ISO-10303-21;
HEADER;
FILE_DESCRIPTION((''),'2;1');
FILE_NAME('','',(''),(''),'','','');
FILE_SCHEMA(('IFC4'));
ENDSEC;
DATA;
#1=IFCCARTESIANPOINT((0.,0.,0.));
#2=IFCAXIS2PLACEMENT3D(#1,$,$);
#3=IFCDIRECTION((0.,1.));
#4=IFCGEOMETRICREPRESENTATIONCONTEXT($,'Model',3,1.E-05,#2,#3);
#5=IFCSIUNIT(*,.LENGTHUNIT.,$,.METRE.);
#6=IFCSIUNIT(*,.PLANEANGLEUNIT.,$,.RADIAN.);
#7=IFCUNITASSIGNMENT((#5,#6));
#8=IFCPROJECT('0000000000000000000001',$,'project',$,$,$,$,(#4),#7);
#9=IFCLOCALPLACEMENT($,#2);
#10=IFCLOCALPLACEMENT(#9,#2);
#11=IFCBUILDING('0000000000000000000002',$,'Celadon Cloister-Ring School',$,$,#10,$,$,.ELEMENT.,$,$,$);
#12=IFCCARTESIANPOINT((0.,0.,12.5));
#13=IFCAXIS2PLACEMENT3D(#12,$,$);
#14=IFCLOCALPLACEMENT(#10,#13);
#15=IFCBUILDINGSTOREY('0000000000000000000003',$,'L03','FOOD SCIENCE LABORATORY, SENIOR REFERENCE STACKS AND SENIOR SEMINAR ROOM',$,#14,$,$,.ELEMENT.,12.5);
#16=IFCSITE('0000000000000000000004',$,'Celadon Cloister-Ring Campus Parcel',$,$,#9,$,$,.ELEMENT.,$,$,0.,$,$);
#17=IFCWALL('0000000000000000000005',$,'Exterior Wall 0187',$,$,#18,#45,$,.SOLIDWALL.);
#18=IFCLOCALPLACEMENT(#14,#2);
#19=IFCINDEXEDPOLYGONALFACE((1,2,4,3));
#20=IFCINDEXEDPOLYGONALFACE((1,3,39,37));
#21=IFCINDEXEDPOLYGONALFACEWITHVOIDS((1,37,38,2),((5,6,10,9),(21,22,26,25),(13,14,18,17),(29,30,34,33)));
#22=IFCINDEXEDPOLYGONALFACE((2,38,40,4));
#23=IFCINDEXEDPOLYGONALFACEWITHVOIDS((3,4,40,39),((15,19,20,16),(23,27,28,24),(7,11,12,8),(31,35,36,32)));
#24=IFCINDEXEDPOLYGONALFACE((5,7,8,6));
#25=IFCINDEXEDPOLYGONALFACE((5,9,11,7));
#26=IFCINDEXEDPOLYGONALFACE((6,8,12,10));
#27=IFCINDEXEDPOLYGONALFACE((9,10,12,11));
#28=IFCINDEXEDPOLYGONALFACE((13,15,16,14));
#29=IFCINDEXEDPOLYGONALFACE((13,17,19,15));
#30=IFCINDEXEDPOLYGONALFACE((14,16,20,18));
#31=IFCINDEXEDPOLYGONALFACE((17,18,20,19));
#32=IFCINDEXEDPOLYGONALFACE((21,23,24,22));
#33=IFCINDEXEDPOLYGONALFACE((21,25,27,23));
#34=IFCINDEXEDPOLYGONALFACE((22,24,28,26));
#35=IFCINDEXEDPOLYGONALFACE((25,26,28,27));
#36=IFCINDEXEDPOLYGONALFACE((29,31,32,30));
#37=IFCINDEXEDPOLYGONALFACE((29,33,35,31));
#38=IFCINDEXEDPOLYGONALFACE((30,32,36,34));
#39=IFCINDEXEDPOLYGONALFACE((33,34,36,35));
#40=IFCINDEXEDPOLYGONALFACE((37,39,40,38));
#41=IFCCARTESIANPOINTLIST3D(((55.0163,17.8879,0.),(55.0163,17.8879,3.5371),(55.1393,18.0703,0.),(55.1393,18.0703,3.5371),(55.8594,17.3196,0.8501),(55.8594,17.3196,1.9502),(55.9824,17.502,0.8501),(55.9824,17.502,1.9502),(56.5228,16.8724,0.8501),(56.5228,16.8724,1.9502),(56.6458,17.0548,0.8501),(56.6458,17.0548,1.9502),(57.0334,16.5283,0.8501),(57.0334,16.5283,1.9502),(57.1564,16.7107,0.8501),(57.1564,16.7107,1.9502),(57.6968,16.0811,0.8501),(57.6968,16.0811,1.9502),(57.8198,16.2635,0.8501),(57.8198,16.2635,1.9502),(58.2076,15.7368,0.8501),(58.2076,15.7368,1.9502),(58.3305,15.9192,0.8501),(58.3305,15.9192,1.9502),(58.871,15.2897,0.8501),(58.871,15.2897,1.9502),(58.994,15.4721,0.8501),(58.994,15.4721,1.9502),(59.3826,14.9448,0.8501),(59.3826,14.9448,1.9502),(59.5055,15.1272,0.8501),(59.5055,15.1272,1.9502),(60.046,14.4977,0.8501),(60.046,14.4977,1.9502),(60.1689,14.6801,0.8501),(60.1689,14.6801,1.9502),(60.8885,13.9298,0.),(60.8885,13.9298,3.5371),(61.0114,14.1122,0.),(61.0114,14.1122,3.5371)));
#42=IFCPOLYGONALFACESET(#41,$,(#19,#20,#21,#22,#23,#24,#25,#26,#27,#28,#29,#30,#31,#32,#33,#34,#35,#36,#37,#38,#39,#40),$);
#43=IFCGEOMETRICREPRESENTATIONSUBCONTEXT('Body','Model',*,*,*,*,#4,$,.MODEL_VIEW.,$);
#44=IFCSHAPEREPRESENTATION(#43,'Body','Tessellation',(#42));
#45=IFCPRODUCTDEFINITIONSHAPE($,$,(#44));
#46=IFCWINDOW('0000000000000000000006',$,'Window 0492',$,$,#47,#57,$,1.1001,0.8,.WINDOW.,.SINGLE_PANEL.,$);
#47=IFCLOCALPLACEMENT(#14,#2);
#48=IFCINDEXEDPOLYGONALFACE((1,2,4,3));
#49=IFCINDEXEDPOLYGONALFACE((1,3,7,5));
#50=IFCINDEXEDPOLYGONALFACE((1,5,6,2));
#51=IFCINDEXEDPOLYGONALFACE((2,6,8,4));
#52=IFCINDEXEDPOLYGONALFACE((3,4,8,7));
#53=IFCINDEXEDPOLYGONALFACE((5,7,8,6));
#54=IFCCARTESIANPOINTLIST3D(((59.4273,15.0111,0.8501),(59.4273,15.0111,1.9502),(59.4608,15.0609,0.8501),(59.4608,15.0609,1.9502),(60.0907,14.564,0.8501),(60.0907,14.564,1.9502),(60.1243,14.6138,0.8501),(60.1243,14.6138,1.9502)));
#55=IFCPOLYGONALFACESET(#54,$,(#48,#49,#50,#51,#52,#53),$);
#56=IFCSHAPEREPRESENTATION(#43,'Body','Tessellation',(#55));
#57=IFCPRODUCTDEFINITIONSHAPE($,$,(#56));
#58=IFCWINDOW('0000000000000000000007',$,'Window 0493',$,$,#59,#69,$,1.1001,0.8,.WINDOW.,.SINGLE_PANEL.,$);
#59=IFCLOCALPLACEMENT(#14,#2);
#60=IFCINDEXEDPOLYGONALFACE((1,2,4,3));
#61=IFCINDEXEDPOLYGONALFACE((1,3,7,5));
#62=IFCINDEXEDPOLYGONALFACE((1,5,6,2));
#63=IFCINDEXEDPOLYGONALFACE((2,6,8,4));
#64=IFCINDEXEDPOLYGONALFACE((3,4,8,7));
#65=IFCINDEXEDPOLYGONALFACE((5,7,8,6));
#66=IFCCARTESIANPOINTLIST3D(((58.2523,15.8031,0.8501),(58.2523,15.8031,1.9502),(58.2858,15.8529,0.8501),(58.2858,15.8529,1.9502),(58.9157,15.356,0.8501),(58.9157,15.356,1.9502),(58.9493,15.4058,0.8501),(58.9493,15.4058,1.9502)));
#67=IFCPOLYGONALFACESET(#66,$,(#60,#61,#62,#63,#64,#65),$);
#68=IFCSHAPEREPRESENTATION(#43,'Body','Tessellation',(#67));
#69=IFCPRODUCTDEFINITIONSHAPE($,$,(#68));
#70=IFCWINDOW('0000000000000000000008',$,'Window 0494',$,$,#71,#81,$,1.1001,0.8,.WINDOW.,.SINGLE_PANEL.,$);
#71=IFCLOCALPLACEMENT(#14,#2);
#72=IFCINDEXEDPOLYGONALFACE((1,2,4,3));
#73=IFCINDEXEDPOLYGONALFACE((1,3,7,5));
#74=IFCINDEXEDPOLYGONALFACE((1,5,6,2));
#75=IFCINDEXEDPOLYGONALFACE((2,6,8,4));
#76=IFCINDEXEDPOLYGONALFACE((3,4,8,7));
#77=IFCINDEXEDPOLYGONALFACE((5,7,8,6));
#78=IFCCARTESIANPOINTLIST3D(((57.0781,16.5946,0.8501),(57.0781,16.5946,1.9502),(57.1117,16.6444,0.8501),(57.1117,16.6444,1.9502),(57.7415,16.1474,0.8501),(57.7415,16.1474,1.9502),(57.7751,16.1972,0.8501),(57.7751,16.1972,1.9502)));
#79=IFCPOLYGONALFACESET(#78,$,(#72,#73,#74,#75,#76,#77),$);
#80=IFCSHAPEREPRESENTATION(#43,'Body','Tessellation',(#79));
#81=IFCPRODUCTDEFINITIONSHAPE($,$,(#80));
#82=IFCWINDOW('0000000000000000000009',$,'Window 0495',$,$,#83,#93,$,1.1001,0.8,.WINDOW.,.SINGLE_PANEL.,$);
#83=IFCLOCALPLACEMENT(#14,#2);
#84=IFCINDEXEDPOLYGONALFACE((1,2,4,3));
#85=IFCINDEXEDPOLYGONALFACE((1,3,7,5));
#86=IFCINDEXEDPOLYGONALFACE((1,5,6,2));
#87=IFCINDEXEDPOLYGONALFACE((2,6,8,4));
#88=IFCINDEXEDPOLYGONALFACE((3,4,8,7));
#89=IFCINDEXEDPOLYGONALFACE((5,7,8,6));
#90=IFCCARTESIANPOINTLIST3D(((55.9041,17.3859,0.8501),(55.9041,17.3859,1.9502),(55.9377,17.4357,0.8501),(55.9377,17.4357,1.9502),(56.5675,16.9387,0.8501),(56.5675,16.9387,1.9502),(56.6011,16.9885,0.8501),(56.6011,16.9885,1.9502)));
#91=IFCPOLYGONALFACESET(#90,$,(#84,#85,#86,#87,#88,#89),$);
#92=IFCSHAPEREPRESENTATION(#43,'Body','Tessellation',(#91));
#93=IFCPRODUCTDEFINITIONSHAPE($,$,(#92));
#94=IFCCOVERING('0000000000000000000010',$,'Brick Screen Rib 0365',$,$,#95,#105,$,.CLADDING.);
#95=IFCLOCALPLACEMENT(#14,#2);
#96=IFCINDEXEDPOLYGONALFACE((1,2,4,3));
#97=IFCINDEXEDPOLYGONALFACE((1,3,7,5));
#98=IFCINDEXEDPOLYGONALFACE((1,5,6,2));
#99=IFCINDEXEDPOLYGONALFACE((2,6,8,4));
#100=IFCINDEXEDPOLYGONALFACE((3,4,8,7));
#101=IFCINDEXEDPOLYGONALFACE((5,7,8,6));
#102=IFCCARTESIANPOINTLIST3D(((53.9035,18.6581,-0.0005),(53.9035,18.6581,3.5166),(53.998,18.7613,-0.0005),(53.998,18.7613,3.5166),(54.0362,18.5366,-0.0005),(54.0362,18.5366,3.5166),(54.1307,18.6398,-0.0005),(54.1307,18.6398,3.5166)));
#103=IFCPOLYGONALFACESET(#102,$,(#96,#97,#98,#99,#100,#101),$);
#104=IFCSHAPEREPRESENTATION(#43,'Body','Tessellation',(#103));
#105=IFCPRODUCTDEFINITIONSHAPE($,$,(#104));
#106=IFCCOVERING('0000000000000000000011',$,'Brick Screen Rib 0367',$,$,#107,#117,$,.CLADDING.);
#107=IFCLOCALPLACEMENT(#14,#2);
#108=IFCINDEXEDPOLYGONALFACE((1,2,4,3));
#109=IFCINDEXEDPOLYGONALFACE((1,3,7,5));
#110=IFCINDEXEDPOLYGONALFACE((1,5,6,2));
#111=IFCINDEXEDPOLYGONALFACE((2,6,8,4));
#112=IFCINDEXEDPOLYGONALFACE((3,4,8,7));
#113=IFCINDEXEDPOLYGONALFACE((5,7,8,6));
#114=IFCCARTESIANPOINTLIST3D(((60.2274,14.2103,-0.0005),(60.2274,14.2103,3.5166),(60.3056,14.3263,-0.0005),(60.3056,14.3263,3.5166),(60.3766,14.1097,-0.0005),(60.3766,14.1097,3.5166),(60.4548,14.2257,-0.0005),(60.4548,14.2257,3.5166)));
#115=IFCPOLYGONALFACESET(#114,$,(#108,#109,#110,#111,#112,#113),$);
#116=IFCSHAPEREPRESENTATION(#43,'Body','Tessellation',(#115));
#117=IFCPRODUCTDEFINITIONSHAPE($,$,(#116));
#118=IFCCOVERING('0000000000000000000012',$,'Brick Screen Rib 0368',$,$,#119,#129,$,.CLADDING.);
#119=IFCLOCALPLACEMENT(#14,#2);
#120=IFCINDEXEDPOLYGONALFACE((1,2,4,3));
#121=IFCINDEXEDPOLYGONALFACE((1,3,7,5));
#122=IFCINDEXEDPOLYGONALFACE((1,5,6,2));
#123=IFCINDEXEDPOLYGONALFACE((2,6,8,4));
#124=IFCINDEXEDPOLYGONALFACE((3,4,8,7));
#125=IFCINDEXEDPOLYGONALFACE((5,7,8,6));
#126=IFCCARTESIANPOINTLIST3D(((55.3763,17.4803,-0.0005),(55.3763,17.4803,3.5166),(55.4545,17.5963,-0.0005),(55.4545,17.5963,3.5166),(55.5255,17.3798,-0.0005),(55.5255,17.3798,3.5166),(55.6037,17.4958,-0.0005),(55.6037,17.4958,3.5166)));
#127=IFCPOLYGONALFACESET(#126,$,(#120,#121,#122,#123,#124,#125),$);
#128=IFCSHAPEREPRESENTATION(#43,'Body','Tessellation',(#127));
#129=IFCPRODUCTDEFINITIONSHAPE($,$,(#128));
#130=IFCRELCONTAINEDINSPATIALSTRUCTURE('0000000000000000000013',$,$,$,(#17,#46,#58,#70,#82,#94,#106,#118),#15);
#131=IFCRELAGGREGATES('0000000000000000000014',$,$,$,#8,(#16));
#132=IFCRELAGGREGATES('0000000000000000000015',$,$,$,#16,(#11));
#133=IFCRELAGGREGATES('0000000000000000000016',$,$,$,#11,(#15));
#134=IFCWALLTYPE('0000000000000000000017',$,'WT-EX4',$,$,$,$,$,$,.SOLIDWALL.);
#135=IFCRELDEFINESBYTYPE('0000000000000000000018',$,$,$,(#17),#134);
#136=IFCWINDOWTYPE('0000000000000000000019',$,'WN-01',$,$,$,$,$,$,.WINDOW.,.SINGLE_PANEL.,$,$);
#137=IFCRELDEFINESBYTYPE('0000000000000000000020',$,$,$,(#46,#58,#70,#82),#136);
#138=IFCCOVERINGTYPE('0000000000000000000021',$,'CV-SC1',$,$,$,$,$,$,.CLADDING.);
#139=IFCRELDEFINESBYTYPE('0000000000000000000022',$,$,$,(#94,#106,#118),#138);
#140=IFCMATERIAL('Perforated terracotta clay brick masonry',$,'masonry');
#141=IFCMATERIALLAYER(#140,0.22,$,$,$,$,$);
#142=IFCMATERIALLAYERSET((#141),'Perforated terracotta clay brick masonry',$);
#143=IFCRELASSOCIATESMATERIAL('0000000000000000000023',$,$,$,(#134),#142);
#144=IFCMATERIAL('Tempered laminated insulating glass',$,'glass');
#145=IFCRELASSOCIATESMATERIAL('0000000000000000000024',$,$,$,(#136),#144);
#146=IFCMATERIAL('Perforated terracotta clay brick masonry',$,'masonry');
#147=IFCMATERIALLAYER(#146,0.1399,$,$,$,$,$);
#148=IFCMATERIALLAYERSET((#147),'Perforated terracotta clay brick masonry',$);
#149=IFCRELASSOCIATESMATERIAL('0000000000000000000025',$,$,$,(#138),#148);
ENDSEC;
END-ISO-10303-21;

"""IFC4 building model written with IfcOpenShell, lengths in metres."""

from ifc_helpers import new_model, si_unit, direction, frame, frame_2d, origin, origin_2d, place, context, subcontext, project, spatial, rectangle, extrude, material, layer, layer_set, type_object, element, fill, save


model = new_model("IFC4")

# Units and contexts
model_context = context("Model", 3, precision=1e-05, world=origin(), true_north=direction((0.0, 1.0)))
body_context = subcontext(model_context, "Body", "Model", "MODEL_VIEW")
ifc_project = project(units=[si_unit("LENGTHUNIT", "METRE"), si_unit("PLANEANGLEUNIT", "RADIAN")], contexts=[model_context])

# Site, building, storey
site_placement = place(None, origin())
site = spatial("IfcSite", under=ifc_project, at=site_placement, Name="Celadon Cloister-Ring Campus Parcel", CompositionType="ELEMENT", RefElevation=0.0)
building_placement = place(site_placement, origin())
building = spatial("IfcBuilding", under=site, at=building_placement, Name="Celadon Cloister-Ring School", CompositionType="ELEMENT")
storey_placement = place(building_placement, frame((0.0, 0.0, 12.5)))
storey = spatial("IfcBuildingStorey", under=building, at=storey_placement, Name="L03", Description="FOOD SCIENCE LABORATORY, SENIOR REFERENCE STACKS AND SENIOR SEMINAR ROOM", CompositionType="ELEMENT", Elevation=12.5)

# Wall, openings, windows
ifc_material_1 = material(Name="Perforated terracotta clay brick masonry", Category="masonry")
ifc_layer_1 = layer(ifc_material_1, 0.22)
ifc_layer_set_1 = layer_set([ifc_layer_1], Name="Perforated terracotta clay brick masonry")
wall_type = type_object("IfcWallType", Name="WT-EX4", PredefinedType="SOLIDWALL", material=ifc_layer_set_1)
ifc_material_2 = material(Name="Tempered laminated insulating glass", Category="glass")
window_type = type_object("IfcWindowType", Name="WN-01", PartitioningType="SINGLE_PANEL", PredefinedType="WINDOW", material=ifc_material_2)
wall_1_placement = place(storey_placement, frame((60.95, 14.021, 0.0), z_axis=(0.0, 0.0, 1.0), x_axis=(-0.829218, 0.558926, 0.0)))
wall_1 = element("IfcWall", 1, at=wall_1_placement, inside=storey, type_object=wall_type, Name="Exterior Wall 0187", PredefinedType="SOLIDWALL", context=body_context, shape_type="SweptSolid", body=[
    extrude(rectangle(XDim=7.0815, YDim=0.22, at=frame_2d((3.5408, 0.0))), origin(), (0.0, 0.0, 1.0), 3.5371),
])
opening_1_placement = place(wall_1_placement, frame((1.0161, 0.0, 0.8501)))
opening_1 = element("IfcOpeningElement", 2, at=opening_1_placement, cuts=wall_1, PredefinedType="OPENING", context=body_context, shape_type="SweptSolid", body=[
    extrude(rectangle(XDim=0.8, YDim=1.1001, at=frame_2d((0.3999, 0.55))), frame((0.0, 0.1201, 0.0), z_axis=(0.0, -1.0, 0.0), x_axis=(1.0, 0.0, 0.0)), (0.0, 0.0, 1.0), 0.24),
])
opening_2_placement = place(wall_1_placement, frame((2.4331, 0.0, 0.8501)))
opening_2 = element("IfcOpeningElement", 3, at=opening_2_placement, cuts=wall_1, PredefinedType="OPENING", context=body_context, shape_type="SweptSolid", body=[
    extrude(rectangle(XDim=0.8, YDim=1.1001, at=frame_2d((0.3999, 0.55))), frame((0.0, 0.1201, 0.0), z_axis=(0.0, -1.0, 0.0), x_axis=(1.0, 0.0, 0.0)), (0.0, 0.0, 1.0), 0.24),
])
opening_3_placement = place(wall_1_placement, frame((3.8491, 0.0, 0.8501)))
opening_3 = element("IfcOpeningElement", 4, at=opening_3_placement, cuts=wall_1, PredefinedType="OPENING", context=body_context, shape_type="SweptSolid", body=[
    extrude(rectangle(XDim=0.8, YDim=1.1001, at=frame_2d((0.3999, 0.55))), frame((0.0, 0.1201, 0.0), z_axis=(0.0, -1.0, 0.0), x_axis=(1.0, 0.0, 0.0)), (0.0, 0.0, 1.0), 0.24),
])
opening_4_placement = place(wall_1_placement, frame((5.2649, 0.0, 0.8501)))
opening_4 = element("IfcOpeningElement", 5, at=opening_4_placement, cuts=wall_1, PredefinedType="OPENING", context=body_context, shape_type="SweptSolid", body=[
    extrude(rectangle(XDim=0.8, YDim=1.1001, at=frame_2d((0.3999, 0.55))), frame((0.0, 0.1201, 0.0), z_axis=(0.0, -1.0, 0.0), x_axis=(1.0, 0.0, 0.0)), (0.0, 0.0, 1.0), 0.24),
])
window_1_placement = place(opening_1_placement, origin())
window_1 = element("IfcWindow", 6, at=window_1_placement, inside=storey, type_object=window_type, Name="Window 0492", OverallHeight=1.1001, OverallWidth=0.8, PartitioningType="SINGLE_PANEL", PredefinedType="WINDOW", context=body_context, shape_type="SweptSolid", body=[
    extrude(rectangle(XDim=0.8, YDim=1.1001, at=frame_2d((0.3999, 0.55))), frame((0.0, 0.03, 0.0), z_axis=(0.0, -1.0, 0.0), x_axis=(1.0, 0.0, 0.0)), (0.0, 0.0, 1.0), 0.0601),
])
fill(opening_1, window_1)
window_2_placement = place(opening_2_placement, origin())
window_2 = element("IfcWindow", 7, at=window_2_placement, inside=storey, type_object=window_type, Name="Window 0493", OverallHeight=1.1001, OverallWidth=0.8, PartitioningType="SINGLE_PANEL", PredefinedType="WINDOW", context=body_context, shape_type="SweptSolid", body=[
    extrude(rectangle(XDim=0.8, YDim=1.1001, at=frame_2d((0.3999, 0.55))), frame((0.0, 0.03, 0.0), z_axis=(0.0, -1.0, 0.0), x_axis=(1.0, 0.0, 0.0)), (0.0, 0.0, 1.0), 0.0601),
])
fill(opening_2, window_2)
window_3_placement = place(opening_3_placement, origin())
window_3 = element("IfcWindow", 8, at=window_3_placement, inside=storey, type_object=window_type, Name="Window 0494", OverallHeight=1.1001, OverallWidth=0.8, PartitioningType="SINGLE_PANEL", PredefinedType="WINDOW", context=body_context, shape_type="SweptSolid", body=[
    extrude(rectangle(XDim=0.8, YDim=1.1001, at=frame_2d((0.3999, 0.55))), frame((0.0, 0.03, 0.0), z_axis=(0.0, -1.0, 0.0), x_axis=(1.0, 0.0, 0.0)), (0.0, 0.0, 1.0), 0.0601),
])
fill(opening_3, window_3)
window_4_placement = place(opening_4_placement, origin())
window_4 = element("IfcWindow", 9, at=window_4_placement, inside=storey, type_object=window_type, Name="Window 0495", OverallHeight=1.1001, OverallWidth=0.8, PartitioningType="SINGLE_PANEL", PredefinedType="WINDOW", context=body_context, shape_type="SweptSolid", body=[
    extrude(rectangle(XDim=0.8, YDim=1.1001, at=frame_2d((0.3999, 0.55))), frame((0.0, 0.03, 0.0), z_axis=(0.0, -1.0, 0.0), x_axis=(1.0, 0.0, 0.0)), (0.0, 0.0, 1.0), 0.0601),
])
fill(opening_4, window_4)

# Coverings
ifc_material_3 = material(Name="Perforated terracotta clay brick masonry", Category="masonry")
ifc_layer_2 = layer(ifc_material_3, 0.1399)
ifc_layer_set_2 = layer_set([ifc_layer_2], Name="Perforated terracotta clay brick masonry")
covering_type = type_object("IfcCoveringType", Name="CV-SC1", PredefinedType="CLADDING", material=ifc_layer_set_2)
for number, where, z_axis, x_axis, name in (
    (10, (54.0171, 18.6489, -0.0005), (0.0, 0.0, 1.0), (-0.737548, 0.675294, 0.0), "Brick Screen Rib 0365"),
    (11, (60.3411, 14.218, -0.0005), (0.0, 0.0, 1.0), (-0.829213, 0.558932, 0.0), "Brick Screen Rib 0367"),
    (12, (55.49, 17.488, -0.0005), (0.0, 0.0, 1.0), (-0.829213, 0.558932, 0.0), "Brick Screen Rib 0368"),
):
    element("IfcCovering", number, at=place(storey_placement, frame(where, z_axis=z_axis, x_axis=x_axis)), inside=storey, type_object=covering_type, Name=name, PredefinedType="CLADDING", context=body_context, shape_type="SweptSolid", body=[
        extrude(rectangle(XDim=0.1799, YDim=0.1399, at=origin_2d()), origin(), (0.0, 0.0, 1.0), 3.5171),
    ])

save(model, "model.ifc")
